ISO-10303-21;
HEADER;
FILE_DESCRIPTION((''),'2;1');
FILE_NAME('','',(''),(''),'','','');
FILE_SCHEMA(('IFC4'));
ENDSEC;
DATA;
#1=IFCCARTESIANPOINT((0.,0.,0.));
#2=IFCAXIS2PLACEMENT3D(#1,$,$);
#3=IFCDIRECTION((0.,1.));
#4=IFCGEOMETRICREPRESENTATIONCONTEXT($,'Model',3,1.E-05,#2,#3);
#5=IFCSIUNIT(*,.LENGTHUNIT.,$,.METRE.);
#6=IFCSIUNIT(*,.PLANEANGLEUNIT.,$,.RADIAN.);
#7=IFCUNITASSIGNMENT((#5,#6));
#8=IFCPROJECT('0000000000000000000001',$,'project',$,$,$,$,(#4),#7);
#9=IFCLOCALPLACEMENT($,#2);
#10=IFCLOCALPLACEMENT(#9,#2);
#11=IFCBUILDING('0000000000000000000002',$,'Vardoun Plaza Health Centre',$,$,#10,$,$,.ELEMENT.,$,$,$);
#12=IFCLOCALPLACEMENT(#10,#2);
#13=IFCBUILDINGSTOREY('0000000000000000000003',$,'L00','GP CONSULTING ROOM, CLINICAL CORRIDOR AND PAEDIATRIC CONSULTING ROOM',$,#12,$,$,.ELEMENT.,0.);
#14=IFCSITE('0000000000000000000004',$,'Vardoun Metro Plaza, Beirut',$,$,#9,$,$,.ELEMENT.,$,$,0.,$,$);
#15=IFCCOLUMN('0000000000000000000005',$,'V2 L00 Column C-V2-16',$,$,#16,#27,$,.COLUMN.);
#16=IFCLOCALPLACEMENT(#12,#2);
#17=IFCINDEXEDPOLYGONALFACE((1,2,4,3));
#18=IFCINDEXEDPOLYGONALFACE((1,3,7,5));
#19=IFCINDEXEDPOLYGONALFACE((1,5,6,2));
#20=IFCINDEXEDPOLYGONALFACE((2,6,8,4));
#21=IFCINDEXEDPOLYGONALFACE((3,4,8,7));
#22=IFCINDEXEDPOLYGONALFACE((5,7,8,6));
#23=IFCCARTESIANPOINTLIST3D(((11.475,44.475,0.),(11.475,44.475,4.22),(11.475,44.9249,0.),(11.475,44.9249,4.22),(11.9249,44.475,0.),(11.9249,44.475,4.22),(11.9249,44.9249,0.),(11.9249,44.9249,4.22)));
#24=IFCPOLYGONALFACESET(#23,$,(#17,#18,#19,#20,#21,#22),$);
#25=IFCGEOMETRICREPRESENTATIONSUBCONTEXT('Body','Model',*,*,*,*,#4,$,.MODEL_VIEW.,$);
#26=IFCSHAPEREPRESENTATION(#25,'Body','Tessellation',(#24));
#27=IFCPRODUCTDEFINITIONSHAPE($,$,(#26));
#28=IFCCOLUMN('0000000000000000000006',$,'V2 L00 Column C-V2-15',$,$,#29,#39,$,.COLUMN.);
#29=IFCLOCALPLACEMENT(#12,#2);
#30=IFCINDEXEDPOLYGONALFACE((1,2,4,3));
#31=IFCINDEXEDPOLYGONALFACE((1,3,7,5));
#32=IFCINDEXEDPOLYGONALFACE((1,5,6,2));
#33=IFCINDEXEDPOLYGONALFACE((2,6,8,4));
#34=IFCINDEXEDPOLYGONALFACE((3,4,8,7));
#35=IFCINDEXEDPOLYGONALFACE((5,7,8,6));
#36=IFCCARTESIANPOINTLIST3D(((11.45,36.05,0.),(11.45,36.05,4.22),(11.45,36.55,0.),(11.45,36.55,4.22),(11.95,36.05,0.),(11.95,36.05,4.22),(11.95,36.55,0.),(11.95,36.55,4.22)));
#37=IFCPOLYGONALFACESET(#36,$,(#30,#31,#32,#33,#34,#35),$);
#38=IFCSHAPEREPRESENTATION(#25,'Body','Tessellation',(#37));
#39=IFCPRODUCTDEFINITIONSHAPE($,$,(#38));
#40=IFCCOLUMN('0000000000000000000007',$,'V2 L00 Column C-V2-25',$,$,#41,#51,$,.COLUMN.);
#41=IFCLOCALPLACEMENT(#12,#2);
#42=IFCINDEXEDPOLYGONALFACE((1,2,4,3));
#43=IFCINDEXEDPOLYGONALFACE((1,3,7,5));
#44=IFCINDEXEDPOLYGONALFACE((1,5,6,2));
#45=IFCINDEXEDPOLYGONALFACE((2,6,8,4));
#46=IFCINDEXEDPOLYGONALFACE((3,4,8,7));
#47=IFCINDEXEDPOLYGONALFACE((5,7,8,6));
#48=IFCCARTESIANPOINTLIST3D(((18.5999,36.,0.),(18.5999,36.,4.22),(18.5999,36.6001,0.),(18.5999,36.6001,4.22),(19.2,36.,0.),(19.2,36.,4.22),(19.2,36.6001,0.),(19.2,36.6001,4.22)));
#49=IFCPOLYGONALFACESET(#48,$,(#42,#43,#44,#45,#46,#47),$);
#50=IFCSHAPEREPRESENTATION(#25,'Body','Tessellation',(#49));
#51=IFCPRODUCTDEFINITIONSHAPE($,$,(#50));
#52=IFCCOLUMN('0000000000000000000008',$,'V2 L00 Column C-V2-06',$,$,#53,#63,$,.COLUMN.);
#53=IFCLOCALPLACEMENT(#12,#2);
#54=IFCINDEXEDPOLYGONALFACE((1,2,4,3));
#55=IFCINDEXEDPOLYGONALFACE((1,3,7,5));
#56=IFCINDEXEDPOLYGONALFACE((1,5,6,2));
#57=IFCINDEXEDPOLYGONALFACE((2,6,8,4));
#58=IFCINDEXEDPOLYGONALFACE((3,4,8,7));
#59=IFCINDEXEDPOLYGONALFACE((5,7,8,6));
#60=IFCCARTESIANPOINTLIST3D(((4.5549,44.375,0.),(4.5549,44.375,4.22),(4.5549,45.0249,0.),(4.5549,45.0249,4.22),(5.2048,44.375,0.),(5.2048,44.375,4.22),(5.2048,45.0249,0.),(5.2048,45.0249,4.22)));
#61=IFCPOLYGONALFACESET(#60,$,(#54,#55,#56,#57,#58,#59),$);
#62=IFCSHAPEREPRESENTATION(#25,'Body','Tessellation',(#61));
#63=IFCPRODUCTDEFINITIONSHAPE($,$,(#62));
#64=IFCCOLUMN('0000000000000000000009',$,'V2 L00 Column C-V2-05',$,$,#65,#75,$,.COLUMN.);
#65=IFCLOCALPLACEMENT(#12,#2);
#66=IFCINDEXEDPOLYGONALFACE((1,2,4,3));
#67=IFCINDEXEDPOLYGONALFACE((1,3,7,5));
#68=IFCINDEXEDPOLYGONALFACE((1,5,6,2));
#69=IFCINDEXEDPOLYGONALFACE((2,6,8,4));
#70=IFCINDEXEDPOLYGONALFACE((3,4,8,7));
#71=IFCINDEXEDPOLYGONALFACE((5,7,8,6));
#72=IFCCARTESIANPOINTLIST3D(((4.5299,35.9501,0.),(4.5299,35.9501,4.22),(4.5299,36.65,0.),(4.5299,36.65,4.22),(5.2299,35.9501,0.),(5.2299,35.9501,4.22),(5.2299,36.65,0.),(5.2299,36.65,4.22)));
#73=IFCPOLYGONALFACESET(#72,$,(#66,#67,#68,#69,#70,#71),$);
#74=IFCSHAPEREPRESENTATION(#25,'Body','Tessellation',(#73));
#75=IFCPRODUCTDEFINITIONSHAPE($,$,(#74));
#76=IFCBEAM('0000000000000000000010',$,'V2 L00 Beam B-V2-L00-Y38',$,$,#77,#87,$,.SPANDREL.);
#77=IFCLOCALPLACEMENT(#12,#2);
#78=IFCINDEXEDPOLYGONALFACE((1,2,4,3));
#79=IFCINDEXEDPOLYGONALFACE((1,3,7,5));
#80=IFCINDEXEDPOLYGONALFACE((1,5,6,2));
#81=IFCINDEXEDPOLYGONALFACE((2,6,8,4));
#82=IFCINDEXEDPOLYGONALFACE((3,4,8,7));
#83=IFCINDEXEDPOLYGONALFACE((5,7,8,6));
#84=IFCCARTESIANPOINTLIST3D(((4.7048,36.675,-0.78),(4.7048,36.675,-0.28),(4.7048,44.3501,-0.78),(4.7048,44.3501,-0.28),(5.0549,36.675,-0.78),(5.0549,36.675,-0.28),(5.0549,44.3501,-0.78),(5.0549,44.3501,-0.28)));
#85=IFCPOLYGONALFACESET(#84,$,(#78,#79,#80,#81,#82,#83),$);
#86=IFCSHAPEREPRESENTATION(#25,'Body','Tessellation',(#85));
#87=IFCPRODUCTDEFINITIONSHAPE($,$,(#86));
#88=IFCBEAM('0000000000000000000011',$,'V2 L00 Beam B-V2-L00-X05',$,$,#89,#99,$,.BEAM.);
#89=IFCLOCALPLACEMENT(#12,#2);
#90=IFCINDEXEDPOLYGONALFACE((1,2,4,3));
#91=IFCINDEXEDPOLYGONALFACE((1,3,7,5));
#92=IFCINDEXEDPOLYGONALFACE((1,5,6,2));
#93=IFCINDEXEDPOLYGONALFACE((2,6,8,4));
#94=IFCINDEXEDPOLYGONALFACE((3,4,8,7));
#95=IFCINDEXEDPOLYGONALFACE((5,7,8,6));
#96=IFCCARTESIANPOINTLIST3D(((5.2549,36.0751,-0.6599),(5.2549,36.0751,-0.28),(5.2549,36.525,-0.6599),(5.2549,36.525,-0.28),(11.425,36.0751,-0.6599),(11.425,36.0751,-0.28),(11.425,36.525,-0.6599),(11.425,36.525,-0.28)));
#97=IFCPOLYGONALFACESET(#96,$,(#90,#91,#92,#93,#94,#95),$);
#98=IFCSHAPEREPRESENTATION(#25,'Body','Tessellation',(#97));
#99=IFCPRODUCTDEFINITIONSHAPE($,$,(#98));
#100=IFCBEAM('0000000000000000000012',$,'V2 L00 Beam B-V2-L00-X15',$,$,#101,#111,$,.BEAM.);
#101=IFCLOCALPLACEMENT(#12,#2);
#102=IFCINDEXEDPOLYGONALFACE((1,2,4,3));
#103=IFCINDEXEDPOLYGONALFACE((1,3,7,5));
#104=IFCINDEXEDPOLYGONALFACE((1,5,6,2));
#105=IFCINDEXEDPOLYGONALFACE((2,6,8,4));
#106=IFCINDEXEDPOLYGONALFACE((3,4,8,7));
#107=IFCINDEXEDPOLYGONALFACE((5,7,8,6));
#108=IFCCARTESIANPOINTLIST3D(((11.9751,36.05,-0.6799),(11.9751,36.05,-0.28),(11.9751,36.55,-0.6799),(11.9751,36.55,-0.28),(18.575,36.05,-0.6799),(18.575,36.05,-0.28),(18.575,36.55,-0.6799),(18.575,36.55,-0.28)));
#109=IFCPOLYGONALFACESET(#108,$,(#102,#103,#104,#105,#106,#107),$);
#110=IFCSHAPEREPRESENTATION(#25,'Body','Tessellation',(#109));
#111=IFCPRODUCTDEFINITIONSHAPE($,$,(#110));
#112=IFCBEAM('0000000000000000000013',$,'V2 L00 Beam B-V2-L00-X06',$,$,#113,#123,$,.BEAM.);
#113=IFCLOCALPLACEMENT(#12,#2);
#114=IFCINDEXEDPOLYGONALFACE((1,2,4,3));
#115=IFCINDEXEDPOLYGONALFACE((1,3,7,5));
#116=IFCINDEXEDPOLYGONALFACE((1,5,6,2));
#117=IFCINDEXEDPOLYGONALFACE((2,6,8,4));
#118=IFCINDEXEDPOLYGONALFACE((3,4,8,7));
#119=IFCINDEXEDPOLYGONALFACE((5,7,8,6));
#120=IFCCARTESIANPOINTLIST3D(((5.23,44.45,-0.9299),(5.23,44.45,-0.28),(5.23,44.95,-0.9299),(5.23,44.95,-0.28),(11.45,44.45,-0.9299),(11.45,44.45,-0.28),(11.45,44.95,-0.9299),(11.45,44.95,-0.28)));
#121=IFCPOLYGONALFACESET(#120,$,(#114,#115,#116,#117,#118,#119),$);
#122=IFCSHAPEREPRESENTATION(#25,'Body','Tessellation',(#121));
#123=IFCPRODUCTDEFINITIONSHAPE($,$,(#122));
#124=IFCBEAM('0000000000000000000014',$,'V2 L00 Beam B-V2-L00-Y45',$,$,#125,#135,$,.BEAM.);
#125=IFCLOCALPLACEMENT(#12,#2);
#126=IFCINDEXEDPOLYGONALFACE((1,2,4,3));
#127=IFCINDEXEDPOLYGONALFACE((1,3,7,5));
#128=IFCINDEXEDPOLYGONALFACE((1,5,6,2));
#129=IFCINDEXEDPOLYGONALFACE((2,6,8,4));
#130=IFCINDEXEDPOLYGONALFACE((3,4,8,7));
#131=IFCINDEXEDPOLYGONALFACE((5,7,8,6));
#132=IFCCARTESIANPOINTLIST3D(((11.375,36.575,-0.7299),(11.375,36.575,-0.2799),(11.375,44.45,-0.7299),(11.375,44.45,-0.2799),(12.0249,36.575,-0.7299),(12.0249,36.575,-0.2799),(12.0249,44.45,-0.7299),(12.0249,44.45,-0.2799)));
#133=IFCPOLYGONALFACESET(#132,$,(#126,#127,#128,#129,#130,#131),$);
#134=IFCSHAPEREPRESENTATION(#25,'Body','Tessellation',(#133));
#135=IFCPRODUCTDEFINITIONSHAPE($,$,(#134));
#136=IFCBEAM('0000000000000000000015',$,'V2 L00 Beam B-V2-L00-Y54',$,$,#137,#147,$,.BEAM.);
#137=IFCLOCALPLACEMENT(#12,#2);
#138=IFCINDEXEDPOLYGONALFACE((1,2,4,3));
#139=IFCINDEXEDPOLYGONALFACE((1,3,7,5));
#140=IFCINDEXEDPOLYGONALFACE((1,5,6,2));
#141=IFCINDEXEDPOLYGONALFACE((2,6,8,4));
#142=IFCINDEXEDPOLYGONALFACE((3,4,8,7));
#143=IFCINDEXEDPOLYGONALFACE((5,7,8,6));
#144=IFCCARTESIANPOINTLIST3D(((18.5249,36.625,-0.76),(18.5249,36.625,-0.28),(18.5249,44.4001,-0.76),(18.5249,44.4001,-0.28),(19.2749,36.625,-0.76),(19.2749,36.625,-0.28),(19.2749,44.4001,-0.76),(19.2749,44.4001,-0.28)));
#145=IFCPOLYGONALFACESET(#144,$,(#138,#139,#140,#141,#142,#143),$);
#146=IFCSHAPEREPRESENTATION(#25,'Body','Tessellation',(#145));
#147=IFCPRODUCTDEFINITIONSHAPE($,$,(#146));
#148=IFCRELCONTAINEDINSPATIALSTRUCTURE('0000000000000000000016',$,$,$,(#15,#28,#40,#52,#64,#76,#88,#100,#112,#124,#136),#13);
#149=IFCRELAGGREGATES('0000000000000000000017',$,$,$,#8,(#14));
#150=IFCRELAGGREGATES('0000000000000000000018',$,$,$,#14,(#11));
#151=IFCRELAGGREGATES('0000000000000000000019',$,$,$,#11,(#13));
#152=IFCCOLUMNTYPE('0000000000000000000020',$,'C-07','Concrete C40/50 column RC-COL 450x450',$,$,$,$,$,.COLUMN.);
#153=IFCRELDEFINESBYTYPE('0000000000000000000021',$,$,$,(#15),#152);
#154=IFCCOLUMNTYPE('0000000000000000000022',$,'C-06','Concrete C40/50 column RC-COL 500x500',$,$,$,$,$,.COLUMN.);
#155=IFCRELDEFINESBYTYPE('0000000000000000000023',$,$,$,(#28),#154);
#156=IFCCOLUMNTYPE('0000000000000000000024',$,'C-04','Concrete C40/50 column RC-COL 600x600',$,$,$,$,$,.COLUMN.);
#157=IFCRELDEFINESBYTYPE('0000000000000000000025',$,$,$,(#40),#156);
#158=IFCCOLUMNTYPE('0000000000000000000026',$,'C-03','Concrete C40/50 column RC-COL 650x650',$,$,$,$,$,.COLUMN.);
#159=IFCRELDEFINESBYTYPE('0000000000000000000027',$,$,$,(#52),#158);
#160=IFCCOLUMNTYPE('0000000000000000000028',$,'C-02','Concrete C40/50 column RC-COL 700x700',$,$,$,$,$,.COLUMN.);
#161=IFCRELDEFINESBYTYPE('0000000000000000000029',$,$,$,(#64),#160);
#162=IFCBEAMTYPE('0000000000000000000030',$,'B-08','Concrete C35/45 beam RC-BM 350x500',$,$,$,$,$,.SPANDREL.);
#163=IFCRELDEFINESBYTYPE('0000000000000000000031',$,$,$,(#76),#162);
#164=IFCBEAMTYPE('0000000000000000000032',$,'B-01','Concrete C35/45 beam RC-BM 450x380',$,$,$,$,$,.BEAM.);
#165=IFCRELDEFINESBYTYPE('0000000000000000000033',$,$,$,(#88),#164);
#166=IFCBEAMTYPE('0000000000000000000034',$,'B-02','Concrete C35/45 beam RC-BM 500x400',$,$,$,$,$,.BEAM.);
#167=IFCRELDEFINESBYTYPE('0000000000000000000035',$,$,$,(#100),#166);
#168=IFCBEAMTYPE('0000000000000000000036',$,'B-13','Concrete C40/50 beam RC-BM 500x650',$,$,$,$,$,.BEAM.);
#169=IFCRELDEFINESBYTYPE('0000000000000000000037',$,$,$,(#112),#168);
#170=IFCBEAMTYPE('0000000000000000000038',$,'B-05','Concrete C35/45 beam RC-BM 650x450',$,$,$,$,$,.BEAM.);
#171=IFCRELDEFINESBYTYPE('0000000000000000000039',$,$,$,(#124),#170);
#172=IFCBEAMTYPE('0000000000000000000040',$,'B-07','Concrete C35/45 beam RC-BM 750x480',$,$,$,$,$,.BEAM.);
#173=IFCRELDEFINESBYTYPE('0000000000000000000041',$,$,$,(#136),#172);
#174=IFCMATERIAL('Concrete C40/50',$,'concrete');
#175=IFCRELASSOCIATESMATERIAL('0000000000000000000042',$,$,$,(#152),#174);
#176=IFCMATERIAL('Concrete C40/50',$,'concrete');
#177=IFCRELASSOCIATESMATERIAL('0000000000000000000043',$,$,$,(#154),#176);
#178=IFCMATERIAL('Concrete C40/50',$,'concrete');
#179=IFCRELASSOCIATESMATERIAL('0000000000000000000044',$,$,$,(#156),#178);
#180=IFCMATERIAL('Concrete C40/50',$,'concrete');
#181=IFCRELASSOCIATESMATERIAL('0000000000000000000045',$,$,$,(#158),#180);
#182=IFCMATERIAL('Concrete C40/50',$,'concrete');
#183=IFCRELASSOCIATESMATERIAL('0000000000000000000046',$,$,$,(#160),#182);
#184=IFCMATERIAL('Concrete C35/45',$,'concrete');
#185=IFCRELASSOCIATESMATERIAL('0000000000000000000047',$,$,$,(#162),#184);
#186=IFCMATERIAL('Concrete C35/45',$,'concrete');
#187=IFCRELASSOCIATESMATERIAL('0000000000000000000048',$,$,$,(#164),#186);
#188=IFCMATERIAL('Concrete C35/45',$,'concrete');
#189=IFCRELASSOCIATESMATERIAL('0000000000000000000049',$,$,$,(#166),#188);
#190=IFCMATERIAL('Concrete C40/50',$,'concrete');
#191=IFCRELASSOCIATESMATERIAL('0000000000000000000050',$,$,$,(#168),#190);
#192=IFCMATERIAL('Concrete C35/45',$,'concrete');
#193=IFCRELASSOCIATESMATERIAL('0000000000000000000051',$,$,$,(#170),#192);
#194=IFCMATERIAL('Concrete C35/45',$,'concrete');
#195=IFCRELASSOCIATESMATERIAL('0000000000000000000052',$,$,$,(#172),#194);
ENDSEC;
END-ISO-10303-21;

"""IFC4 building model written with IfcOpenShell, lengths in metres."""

from ifc_helpers import new_model, si_unit, direction, frame, origin, origin_2d, place, context, subcontext, project, spatial, rectangle, extrude, material, material_profile, profile_set, type_object, element, save


model = new_model("IFC4")

# Units and contexts
model_context = context("Model", 3, precision=1e-05, world=origin(), true_north=direction((0.0, 1.0)))
body_context = subcontext(model_context, "Body", "Model", "MODEL_VIEW")
ifc_project = project(units=[si_unit("LENGTHUNIT", "METRE"), si_unit("PLANEANGLEUNIT", "RADIAN")], contexts=[model_context])

# Site, building, storey
site_placement = place(None, origin())
site = spatial("IfcSite", under=ifc_project, at=site_placement, Name="Vardoun Metro Plaza, Beirut", CompositionType="ELEMENT", RefElevation=0.0)
building_placement = place(site_placement, origin())
building = spatial("IfcBuilding", under=site, at=building_placement, Name="Vardoun Plaza Health Centre", CompositionType="ELEMENT")
storey_placement = place(building_placement, origin())
storey = spatial("IfcBuildingStorey", under=building, at=storey_placement, Name="L00", Description="GP CONSULTING ROOM, CLINICAL CORRIDOR AND PAEDIATRIC CONSULTING ROOM", CompositionType="ELEMENT", Elevation=0.0)

# Columns
ifc_material_1 = material(Name="Concrete C40/50", Category="concrete")
ifc_material_profile_1 = material_profile(ifc_material_1, rectangle(XDim=0.45, YDim=0.45, at=origin_2d()), Name="RC-COL 450x450")
ifc_profile_set_1 = profile_set([ifc_material_profile_1], Name="Concrete C40/50")
column_type_1 = type_object("IfcColumnType", Name="C-07", Description="Concrete C40/50 column RC-COL 450x450", PredefinedType="COLUMN", material=ifc_profile_set_1)
column_1_placement = place(storey_placement, frame((11.7, 44.7, 0.0), z_axis=(0.0, 0.0, 1.0), x_axis=(1.0, 0.0, 0.0)))
element("IfcColumn", 1, at=column_1_placement, inside=storey, type_object=column_type_1, Name="V2 L00 Column C-V2-16", PredefinedType="COLUMN", context=body_context, shape_type="SweptSolid", body=[
    extrude(rectangle(XDim=0.45, YDim=0.45, at=origin_2d()), origin(), (0.0, 0.0, 1.0), 4.22),
])
ifc_material_2 = material(Name="Concrete C40/50", Category="concrete")
ifc_material_profile_2 = material_profile(ifc_material_2, rectangle(XDim=0.5, YDim=0.5, at=origin_2d()), Name="RC-COL 500x500")
ifc_profile_set_2 = profile_set([ifc_material_profile_2], Name="Concrete C40/50")
column_type_2 = type_object("IfcColumnType", Name="C-06", Description="Concrete C40/50 column RC-COL 500x500", PredefinedType="COLUMN", material=ifc_profile_set_2)
column_2_placement = place(storey_placement, frame((11.7, 36.3, 0.0), z_axis=(0.0, 0.0, 1.0), x_axis=(1.0, 0.0, 0.0)))
element("IfcColumn", 2, at=column_2_placement, inside=storey, type_object=column_type_2, Name="V2 L00 Column C-V2-15", PredefinedType="COLUMN", context=body_context, shape_type="SweptSolid", body=[
    extrude(rectangle(XDim=0.5, YDim=0.5, at=origin_2d()), origin(), (0.0, 0.0, 1.0), 4.22),
])
ifc_material_3 = material(Name="Concrete C40/50", Category="concrete")
ifc_material_profile_3 = material_profile(ifc_material_3, rectangle(XDim=0.6001, YDim=0.6001, at=origin_2d()), Name="RC-COL 600x600")
ifc_profile_set_3 = profile_set([ifc_material_profile_3], Name="Concrete C40/50")
column_type_3 = type_object("IfcColumnType", Name="C-04", Description="Concrete C40/50 column RC-COL 600x600", PredefinedType="COLUMN", material=ifc_profile_set_3)
column_3_placement = place(storey_placement, frame((18.8999, 36.3, 0.0), z_axis=(0.0, 0.0, 1.0), x_axis=(1.0, 0.0, 0.0)))
element("IfcColumn", 3, at=column_3_placement, inside=storey, type_object=column_type_3, Name="V2 L00 Column C-V2-25", PredefinedType="COLUMN", context=body_context, shape_type="SweptSolid", body=[
    extrude(rectangle(XDim=0.6001, YDim=0.6001, at=origin_2d()), origin(), (0.0, 0.0, 1.0), 4.22),
])
ifc_material_4 = material(Name="Concrete C40/50", Category="concrete")
ifc_material_profile_4 = material_profile(ifc_material_4, rectangle(XDim=0.6499, YDim=0.6499, at=origin_2d()), Name="RC-COL 650x650")
ifc_profile_set_4 = profile_set([ifc_material_profile_4], Name="Concrete C40/50")
column_type_4 = type_object("IfcColumnType", Name="C-03", Description="Concrete C40/50 column RC-COL 650x650", PredefinedType="COLUMN", material=ifc_profile_set_4)
column_4_placement = place(storey_placement, frame((4.8799, 44.7, 0.0), z_axis=(0.0, 0.0, 1.0), x_axis=(1.0, 0.0, 0.0)))
element("IfcColumn", 4, at=column_4_placement, inside=storey, type_object=column_type_4, Name="V2 L00 Column C-V2-06", PredefinedType="COLUMN", context=body_context, shape_type="SweptSolid", body=[
    extrude(rectangle(XDim=0.6499, YDim=0.6499, at=origin_2d()), origin(), (0.0, 0.0, 1.0), 4.22),
])
ifc_material_5 = material(Name="Concrete C40/50", Category="concrete")
ifc_material_profile_5 = material_profile(ifc_material_5, rectangle(XDim=0.7, YDim=0.7, at=origin_2d()), Name="RC-COL 700x700")
ifc_profile_set_5 = profile_set([ifc_material_profile_5], Name="Concrete C40/50")
column_type_5 = type_object("IfcColumnType", Name="C-02", Description="Concrete C40/50 column RC-COL 700x700", PredefinedType="COLUMN", material=ifc_profile_set_5)
column_5_placement = place(storey_placement, frame((4.8799, 36.3, 0.0), z_axis=(0.0, 0.0, 1.0), x_axis=(1.0, 0.0, 0.0)))
element("IfcColumn", 5, at=column_5_placement, inside=storey, type_object=column_type_5, Name="V2 L00 Column C-V2-05", PredefinedType="COLUMN", context=body_context, shape_type="SweptSolid", body=[
    extrude(rectangle(XDim=0.7, YDim=0.7, at=origin_2d()), origin(), (0.0, 0.0, 1.0), 4.22),
])

# Beams
ifc_material_6 = material(Name="Concrete C35/45", Category="concrete")
ifc_material_profile_6 = material_profile(ifc_material_6, rectangle(XDim=0.3501, YDim=0.5, at=origin_2d()), Name="RC-BM 350x500")
ifc_profile_set_6 = profile_set([ifc_material_profile_6], Name="Concrete C35/45")
beam_type_1 = type_object("IfcBeamType", Name="B-08", Description="Concrete C35/45 beam RC-BM 350x500", PredefinedType="SPANDREL", material=ifc_profile_set_6)
beam_1_placement = place(storey_placement, frame((4.8799, 36.675, -0.53), z_axis=(0.0, 1.0, 0.0), x_axis=(-1.0, 0.0, 0.0)))
element("IfcBeam", 6, at=beam_1_placement, inside=storey, type_object=beam_type_1, Name="V2 L00 Beam B-V2-L00-Y38", PredefinedType="SPANDREL", context=body_context, shape_type="SweptSolid", body=[
    extrude(rectangle(XDim=0.3501, YDim=0.5, at=origin_2d()), origin(), (0.0, 0.0, 1.0), 7.675),
])
ifc_material_7 = material(Name="Concrete C35/45", Category="concrete")
ifc_material_profile_7 = material_profile(ifc_material_7, rectangle(XDim=0.45, YDim=0.3799, at=origin_2d()), Name="RC-BM 450x380")
ifc_profile_set_7 = profile_set([ifc_material_profile_7], Name="Concrete C35/45")
beam_type_2 = type_object("IfcBeamType", Name="B-01", Description="Concrete C35/45 beam RC-BM 450x380", PredefinedType="BEAM", material=ifc_profile_set_7)
beam_2_placement = place(storey_placement, frame((5.2549, 36.3, -0.47), z_axis=(1.0, 0.0, 0.0), x_axis=(0.0, 1.0, 0.0)))
element("IfcBeam", 7, at=beam_2_placement, inside=storey, type_object=beam_type_2, Name="V2 L00 Beam B-V2-L00-X05", PredefinedType="BEAM", context=body_context, shape_type="SweptSolid", body=[
    extrude(rectangle(XDim=0.45, YDim=0.3799, at=origin_2d()), origin(), (0.0, 0.0, 1.0), 6.1702),
])
ifc_material_8 = material(Name="Concrete C35/45", Category="concrete")
ifc_material_profile_8 = material_profile(ifc_material_8, rectangle(XDim=0.5, YDim=0.3999, at=origin_2d()), Name="RC-BM 500x400")
ifc_profile_set_8 = profile_set([ifc_material_profile_8], Name="Concrete C35/45")
beam_type_3 = type_object("IfcBeamType", Name="B-02", Description="Concrete C35/45 beam RC-BM 500x400", PredefinedType="BEAM", material=ifc_profile_set_8)
beam_3_placement = place(storey_placement, frame((11.9751, 36.3, -0.48), z_axis=(1.0, 0.0, 0.0), x_axis=(0.0, 1.0, 0.0)))
element("IfcBeam", 8, at=beam_3_placement, inside=storey, type_object=beam_type_3, Name="V2 L00 Beam B-V2-L00-X15", PredefinedType="BEAM", context=body_context, shape_type="SweptSolid", body=[
    extrude(rectangle(XDim=0.5, YDim=0.3999, at=origin_2d()), origin(), (0.0, 0.0, 1.0), 6.5999),
])
ifc_material_9 = material(Name="Concrete C40/50", Category="concrete")
ifc_material_profile_9 = material_profile(ifc_material_9, rectangle(XDim=0.5, YDim=0.6499, at=origin_2d()), Name="RC-BM 500x650")
ifc_profile_set_9 = profile_set([ifc_material_profile_9], Name="Concrete C40/50")
beam_type_4 = type_object("IfcBeamType", Name="B-13", Description="Concrete C40/50 beam RC-BM 500x650", PredefinedType="BEAM", material=ifc_profile_set_9)
beam_4_placement = place(storey_placement, frame((5.23, 44.7, -0.605), z_axis=(1.0, 0.0, 0.0), x_axis=(0.0, 1.0, 0.0)))
element("IfcBeam", 9, at=beam_4_placement, inside=storey, type_object=beam_type_4, Name="V2 L00 Beam B-V2-L00-X06", PredefinedType="BEAM", context=body_context, shape_type="SweptSolid", body=[
    extrude(rectangle(XDim=0.5, YDim=0.6499, at=origin_2d()), origin(), (0.0, 0.0, 1.0), 6.22),
])
ifc_material_10 = material(Name="Concrete C35/45", Category="concrete")
ifc_material_profile_10 = material_profile(ifc_material_10, rectangle(XDim=0.6499, YDim=0.45, at=origin_2d()), Name="RC-BM 650x450")
ifc_profile_set_10 = profile_set([ifc_material_profile_10], Name="Concrete C35/45")
beam_type_5 = type_object("IfcBeamType", Name="B-05", Description="Concrete C35/45 beam RC-BM 650x450", PredefinedType="BEAM", material=ifc_profile_set_10)
beam_5_placement = place(storey_placement, frame((11.7, 36.575, -0.5049), z_axis=(0.0, 1.0, 0.0), x_axis=(-1.0, 0.0, 0.0)))
element("IfcBeam", 10, at=beam_5_placement, inside=storey, type_object=beam_type_5, Name="V2 L00 Beam B-V2-L00-Y45", PredefinedType="BEAM", context=body_context, shape_type="SweptSolid", body=[
    extrude(rectangle(XDim=0.6499, YDim=0.45, at=origin_2d()), origin(), (0.0, 0.0, 1.0), 7.875),
])
ifc_material_11 = material(Name="Concrete C35/45", Category="concrete")
ifc_material_profile_11 = material_profile(ifc_material_11, rectangle(XDim=0.75, YDim=0.48, at=origin_2d()), Name="RC-BM 750x480")
ifc_profile_set_11 = profile_set([ifc_material_profile_11], Name="Concrete C35/45")
beam_type_6 = type_object("IfcBeamType", Name="B-07", Description="Concrete C35/45 beam RC-BM 750x480", PredefinedType="BEAM", material=ifc_profile_set_11)
beam_6_placement = place(storey_placement, frame((18.8999, 36.625, -0.52), z_axis=(0.0, 1.0, 0.0), x_axis=(-1.0, 0.0, 0.0)))
element("IfcBeam", 11, at=beam_6_placement, inside=storey, type_object=beam_type_6, Name="V2 L00 Beam B-V2-L00-Y54", PredefinedType="BEAM", context=body_context, shape_type="SweptSolid", body=[
    extrude(rectangle(XDim=0.75, YDim=0.48, at=origin_2d()), origin(), (0.0, 0.0, 1.0), 7.7751),
])

save(model, "model.ifc")
